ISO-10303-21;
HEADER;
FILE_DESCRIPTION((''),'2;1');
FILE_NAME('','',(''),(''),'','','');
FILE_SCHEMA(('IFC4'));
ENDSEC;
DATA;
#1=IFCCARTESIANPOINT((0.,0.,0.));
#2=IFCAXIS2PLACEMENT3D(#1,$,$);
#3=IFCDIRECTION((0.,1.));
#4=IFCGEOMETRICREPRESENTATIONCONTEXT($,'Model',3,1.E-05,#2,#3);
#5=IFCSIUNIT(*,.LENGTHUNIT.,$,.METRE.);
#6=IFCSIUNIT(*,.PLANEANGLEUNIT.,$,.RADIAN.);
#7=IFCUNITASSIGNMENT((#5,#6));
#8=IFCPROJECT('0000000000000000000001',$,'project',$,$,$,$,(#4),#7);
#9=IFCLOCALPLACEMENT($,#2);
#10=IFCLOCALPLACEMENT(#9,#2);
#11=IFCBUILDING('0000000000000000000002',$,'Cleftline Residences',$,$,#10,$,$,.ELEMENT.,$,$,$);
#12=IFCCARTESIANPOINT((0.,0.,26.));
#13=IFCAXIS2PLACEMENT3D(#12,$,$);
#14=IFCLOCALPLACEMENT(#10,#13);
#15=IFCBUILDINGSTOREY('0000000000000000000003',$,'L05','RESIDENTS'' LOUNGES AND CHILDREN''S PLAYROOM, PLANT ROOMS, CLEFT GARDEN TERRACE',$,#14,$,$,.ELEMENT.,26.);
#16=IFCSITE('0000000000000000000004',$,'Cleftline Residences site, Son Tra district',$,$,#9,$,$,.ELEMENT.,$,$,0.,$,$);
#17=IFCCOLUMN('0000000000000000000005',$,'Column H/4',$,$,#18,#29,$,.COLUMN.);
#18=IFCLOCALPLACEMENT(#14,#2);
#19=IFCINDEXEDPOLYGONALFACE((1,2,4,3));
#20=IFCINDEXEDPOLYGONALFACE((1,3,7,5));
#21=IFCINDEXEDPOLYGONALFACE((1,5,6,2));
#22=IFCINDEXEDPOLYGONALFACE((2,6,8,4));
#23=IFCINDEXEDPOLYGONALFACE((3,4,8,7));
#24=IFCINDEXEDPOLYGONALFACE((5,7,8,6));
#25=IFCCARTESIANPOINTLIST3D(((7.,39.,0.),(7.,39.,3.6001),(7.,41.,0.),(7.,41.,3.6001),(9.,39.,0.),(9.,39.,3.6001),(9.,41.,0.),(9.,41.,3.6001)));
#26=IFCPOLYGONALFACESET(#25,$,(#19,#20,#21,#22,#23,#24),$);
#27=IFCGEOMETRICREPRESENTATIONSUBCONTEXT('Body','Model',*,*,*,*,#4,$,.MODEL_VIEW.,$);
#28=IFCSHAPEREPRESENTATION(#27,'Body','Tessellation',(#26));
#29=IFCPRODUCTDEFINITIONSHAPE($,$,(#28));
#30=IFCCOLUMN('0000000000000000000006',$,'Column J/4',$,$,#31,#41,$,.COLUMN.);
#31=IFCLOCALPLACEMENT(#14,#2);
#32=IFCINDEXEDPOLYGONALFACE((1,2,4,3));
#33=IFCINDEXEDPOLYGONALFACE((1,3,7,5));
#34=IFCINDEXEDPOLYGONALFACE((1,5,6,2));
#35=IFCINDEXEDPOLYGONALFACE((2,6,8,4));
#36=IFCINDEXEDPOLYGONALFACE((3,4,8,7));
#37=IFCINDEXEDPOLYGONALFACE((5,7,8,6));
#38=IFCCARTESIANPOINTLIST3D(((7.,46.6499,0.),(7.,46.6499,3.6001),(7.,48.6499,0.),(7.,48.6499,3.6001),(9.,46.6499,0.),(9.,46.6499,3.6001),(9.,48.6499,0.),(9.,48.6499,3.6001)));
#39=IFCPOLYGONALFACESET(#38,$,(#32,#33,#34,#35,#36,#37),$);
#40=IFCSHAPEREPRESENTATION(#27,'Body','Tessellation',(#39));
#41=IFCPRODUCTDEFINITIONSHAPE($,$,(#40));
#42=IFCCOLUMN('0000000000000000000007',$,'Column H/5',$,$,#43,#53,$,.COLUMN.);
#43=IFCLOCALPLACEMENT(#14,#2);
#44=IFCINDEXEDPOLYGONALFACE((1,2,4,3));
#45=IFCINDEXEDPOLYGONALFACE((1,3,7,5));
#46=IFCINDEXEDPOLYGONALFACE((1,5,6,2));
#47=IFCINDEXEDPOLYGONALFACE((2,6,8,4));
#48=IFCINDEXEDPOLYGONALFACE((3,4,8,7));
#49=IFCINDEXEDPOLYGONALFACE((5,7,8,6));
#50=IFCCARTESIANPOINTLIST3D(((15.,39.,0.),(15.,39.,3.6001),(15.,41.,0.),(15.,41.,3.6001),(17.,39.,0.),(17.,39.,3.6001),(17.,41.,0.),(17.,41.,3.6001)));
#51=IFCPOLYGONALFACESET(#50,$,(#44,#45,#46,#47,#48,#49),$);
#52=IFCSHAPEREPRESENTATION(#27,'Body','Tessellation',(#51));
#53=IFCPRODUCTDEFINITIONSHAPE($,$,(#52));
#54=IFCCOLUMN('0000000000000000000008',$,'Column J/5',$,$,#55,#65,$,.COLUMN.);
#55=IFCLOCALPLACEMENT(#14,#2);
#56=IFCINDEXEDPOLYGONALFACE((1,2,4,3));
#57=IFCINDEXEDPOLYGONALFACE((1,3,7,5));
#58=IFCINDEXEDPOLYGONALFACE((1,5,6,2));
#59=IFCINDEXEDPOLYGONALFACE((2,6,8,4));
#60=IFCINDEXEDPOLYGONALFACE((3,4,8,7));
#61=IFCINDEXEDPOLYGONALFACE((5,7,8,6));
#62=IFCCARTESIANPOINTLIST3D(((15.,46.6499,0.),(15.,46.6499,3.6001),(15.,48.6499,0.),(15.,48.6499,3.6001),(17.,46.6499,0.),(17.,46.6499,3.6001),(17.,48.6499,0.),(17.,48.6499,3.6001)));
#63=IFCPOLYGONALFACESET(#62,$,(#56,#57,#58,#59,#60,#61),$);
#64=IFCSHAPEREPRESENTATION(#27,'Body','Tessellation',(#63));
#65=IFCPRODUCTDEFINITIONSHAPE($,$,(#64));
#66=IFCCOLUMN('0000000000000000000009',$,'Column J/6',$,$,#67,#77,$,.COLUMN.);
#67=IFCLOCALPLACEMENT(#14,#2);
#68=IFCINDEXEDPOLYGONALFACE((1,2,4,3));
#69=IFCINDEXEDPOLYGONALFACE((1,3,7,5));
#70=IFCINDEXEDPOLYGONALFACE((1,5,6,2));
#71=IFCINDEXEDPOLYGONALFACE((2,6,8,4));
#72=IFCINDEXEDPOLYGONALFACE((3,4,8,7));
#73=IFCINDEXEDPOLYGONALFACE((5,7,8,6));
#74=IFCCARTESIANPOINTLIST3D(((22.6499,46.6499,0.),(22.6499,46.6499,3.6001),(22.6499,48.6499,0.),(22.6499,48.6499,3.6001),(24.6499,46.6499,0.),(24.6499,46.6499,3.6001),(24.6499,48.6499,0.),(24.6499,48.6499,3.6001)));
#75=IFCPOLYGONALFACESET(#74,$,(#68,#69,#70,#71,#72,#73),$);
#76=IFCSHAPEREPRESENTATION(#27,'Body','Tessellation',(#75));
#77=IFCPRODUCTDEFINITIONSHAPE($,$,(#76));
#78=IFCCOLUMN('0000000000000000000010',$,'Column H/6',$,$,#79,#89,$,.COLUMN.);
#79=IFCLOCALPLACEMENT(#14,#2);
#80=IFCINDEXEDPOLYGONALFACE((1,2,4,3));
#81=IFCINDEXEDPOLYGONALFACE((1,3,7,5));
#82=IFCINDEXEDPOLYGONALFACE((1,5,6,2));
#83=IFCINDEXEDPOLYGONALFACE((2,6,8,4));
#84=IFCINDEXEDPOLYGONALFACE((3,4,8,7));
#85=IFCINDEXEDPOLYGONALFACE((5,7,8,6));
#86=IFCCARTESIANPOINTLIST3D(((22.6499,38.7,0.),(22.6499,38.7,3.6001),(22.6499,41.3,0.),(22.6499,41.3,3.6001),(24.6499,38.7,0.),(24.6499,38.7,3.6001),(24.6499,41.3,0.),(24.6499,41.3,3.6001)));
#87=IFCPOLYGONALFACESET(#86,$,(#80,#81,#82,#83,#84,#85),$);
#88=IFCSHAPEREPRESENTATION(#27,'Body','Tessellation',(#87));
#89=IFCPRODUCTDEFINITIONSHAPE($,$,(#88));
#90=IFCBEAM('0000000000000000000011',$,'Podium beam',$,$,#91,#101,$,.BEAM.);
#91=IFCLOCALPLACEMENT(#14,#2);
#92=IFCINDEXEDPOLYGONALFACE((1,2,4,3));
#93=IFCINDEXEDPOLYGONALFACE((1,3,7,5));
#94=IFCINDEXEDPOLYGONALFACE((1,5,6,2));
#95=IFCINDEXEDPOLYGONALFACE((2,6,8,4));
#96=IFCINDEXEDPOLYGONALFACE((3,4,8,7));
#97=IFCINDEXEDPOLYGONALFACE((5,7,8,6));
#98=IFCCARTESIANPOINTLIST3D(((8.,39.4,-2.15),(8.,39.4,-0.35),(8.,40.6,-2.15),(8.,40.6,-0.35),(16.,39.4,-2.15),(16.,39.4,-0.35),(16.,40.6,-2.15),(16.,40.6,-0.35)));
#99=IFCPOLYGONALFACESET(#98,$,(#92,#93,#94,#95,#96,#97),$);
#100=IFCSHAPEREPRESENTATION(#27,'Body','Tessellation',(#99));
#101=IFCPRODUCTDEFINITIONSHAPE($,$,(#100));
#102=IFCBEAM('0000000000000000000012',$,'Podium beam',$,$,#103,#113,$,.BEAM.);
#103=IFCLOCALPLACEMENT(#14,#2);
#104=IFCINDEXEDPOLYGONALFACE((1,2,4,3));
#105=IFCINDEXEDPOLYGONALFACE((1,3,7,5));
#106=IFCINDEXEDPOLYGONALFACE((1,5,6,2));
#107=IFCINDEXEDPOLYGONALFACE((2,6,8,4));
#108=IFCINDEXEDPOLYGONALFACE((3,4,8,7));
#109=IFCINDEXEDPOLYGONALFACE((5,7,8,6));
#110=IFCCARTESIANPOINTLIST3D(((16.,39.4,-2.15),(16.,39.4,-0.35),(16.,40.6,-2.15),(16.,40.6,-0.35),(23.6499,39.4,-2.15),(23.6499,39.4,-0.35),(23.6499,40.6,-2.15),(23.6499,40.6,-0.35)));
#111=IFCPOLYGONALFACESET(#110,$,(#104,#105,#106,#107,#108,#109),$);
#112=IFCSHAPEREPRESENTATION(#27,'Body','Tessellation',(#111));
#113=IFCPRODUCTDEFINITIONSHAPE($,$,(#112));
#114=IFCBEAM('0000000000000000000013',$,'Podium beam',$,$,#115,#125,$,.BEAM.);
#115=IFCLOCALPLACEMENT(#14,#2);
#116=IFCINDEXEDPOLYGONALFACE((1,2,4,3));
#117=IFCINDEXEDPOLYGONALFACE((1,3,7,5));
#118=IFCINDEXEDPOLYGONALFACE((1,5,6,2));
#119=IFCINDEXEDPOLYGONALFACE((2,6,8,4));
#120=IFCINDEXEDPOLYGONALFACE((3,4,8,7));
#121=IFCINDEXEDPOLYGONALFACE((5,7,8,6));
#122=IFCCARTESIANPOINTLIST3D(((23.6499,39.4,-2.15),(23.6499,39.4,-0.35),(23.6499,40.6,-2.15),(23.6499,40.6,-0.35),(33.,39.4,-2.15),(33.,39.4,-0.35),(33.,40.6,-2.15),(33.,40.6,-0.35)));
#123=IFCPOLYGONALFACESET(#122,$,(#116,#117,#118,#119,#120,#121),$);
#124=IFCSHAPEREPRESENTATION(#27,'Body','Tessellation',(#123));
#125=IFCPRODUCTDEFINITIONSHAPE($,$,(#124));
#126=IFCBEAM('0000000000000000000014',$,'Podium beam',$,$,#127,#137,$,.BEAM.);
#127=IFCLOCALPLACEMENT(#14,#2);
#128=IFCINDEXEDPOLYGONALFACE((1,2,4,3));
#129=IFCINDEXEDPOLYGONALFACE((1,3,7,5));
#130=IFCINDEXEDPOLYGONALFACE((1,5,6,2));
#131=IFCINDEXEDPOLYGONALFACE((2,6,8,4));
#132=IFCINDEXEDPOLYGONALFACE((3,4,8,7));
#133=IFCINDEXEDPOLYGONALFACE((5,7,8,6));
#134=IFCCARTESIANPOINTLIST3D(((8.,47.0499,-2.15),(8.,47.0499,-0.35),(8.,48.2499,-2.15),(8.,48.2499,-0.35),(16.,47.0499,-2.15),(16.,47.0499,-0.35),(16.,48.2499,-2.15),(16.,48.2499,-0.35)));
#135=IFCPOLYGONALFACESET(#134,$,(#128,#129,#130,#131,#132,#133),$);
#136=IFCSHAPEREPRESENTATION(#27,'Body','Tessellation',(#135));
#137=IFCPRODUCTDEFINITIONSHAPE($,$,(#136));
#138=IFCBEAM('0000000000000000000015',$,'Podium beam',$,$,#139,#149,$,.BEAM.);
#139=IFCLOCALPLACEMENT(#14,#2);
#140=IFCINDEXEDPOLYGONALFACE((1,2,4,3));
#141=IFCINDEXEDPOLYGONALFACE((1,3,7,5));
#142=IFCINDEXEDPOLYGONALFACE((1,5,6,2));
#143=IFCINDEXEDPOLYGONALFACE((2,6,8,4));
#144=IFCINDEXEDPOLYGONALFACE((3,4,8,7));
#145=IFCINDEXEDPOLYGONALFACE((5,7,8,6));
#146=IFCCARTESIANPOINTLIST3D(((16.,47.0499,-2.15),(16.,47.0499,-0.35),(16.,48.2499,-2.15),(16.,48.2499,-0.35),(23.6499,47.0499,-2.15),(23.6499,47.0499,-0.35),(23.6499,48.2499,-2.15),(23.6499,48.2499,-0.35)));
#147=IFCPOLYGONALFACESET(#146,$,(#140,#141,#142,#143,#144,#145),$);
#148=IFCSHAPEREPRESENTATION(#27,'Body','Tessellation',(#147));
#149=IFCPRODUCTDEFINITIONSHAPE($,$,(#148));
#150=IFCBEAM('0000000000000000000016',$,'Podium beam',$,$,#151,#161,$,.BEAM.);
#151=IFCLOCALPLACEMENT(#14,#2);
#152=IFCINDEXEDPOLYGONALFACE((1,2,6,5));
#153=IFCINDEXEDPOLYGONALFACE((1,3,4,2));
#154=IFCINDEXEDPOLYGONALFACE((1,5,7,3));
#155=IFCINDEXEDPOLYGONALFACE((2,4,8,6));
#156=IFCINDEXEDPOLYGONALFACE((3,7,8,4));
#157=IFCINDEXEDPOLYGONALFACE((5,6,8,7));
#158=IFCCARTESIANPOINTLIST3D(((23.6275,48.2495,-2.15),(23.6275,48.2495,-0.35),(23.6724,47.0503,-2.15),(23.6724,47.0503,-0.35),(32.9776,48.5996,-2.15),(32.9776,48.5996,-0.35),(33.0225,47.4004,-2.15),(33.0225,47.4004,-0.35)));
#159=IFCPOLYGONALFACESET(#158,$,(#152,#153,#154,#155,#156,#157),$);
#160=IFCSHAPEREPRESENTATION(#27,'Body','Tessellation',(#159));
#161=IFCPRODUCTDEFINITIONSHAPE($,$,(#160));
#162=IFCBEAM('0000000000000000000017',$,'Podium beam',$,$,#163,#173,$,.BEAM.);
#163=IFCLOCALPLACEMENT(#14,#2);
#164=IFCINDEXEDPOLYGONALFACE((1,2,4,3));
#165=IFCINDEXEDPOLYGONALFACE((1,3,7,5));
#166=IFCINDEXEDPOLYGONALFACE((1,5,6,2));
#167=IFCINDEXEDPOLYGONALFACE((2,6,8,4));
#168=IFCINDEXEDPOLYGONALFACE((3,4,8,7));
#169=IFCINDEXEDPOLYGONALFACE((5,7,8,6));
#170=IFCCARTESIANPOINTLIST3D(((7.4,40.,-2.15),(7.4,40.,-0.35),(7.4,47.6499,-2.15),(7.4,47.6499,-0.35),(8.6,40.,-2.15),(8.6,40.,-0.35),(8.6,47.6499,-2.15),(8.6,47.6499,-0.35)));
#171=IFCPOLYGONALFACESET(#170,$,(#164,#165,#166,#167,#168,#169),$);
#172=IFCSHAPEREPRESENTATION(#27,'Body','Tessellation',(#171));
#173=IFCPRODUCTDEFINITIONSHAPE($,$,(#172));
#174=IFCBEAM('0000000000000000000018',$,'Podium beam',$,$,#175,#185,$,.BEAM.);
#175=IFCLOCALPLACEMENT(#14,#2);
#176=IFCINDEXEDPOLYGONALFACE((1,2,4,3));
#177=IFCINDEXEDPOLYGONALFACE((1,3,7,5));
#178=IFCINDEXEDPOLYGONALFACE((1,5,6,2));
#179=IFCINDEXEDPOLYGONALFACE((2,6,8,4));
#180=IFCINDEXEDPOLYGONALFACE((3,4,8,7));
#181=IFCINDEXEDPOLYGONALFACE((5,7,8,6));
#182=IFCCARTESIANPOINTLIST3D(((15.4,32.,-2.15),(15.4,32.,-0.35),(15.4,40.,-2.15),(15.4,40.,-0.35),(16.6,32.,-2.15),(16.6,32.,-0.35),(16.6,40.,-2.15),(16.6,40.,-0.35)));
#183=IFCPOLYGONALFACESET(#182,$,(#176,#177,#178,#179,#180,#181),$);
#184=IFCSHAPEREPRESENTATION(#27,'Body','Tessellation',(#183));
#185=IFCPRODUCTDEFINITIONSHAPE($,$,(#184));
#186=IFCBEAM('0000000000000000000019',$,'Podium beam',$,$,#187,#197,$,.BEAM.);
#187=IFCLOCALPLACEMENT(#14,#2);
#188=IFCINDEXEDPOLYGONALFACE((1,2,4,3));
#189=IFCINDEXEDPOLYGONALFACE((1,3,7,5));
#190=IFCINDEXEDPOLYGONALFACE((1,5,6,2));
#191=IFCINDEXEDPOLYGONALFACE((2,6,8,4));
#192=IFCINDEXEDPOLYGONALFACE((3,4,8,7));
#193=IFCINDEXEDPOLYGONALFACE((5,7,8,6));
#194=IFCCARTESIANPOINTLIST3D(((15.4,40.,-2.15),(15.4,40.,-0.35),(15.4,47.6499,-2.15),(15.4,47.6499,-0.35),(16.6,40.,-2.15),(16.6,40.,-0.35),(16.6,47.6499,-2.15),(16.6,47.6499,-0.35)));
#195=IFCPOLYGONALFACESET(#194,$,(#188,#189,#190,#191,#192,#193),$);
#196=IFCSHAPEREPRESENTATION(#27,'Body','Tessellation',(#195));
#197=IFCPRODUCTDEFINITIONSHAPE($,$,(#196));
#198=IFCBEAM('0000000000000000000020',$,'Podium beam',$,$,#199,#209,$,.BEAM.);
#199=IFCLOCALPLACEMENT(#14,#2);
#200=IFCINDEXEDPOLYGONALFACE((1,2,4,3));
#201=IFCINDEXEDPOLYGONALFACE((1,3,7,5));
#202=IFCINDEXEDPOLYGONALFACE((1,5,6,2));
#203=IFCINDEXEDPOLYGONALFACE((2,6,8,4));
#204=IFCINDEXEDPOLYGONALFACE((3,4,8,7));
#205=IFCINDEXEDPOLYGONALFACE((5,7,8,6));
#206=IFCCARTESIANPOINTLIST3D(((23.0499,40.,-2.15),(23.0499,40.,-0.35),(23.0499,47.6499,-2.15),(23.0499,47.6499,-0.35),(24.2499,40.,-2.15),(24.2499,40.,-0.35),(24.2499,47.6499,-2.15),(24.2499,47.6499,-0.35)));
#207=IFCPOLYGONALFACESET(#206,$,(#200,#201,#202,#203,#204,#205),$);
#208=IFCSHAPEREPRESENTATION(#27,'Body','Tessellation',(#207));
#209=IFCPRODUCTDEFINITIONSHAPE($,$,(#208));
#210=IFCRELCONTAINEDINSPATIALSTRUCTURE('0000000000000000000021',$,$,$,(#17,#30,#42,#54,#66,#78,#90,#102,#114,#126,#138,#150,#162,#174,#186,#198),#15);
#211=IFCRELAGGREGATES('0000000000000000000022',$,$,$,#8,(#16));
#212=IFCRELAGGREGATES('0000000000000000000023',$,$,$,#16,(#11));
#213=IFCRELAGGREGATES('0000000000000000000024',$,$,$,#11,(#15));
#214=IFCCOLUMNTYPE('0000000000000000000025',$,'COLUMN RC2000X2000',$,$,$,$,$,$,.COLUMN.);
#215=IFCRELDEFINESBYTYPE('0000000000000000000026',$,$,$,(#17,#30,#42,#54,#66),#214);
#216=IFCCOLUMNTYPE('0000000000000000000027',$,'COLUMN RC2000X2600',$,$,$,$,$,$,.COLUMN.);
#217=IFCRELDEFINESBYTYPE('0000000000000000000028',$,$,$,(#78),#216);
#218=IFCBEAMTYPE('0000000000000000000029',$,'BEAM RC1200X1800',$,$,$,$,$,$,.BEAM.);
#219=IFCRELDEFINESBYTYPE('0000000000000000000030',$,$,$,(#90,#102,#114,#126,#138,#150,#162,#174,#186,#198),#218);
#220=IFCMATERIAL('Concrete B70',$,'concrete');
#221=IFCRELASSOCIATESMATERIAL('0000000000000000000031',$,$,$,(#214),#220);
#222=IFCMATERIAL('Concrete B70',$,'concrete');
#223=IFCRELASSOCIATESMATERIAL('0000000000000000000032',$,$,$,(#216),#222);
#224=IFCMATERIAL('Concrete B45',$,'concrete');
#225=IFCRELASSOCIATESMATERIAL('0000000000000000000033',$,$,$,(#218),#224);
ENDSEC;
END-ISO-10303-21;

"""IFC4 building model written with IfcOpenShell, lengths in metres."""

from ifc_helpers import new_model, si_unit, direction, frame, origin, origin_2d, place, context, subcontext, project, spatial, rectangle, extrude, material, material_profile, profile_set, type_object, element, save


model = new_model("IFC4")

# Units and contexts
model_context = context("Model", 3, precision=1e-05, world=origin(), true_north=direction((0.0, 1.0)))
body_context = subcontext(model_context, "Body", "Model", "MODEL_VIEW")
ifc_project = project(units=[si_unit("LENGTHUNIT", "METRE"), si_unit("PLANEANGLEUNIT", "RADIAN")], contexts=[model_context])

# Site, building, storey
site_placement = place(None, origin())
site = spatial("IfcSite", under=ifc_project, at=site_placement, Name="Cleftline Residences site, Son Tra district", CompositionType="ELEMENT", RefElevation=0.0)
building_placement = place(site_placement, origin())
building = spatial("IfcBuilding", under=site, at=building_placement, Name="Cleftline Residences", CompositionType="ELEMENT")
storey_placement = place(building_placement, frame((0.0, 0.0, 26.0)))
storey = spatial("IfcBuildingStorey", under=building, at=storey_placement, Name="L05", Description="RESIDENTS' LOUNGES AND CHILDREN'S PLAYROOM, PLANT ROOMS, CLEFT GARDEN TERRACE", CompositionType="ELEMENT", Elevation=26.0)

# Columns
ifc_material_1 = material(Name="Concrete B70", Category="concrete")
ifc_material_profile_1 = material_profile(ifc_material_1, rectangle(XDim=2.0, YDim=2.0, at=origin_2d()))
ifc_profile_set_1 = profile_set([ifc_material_profile_1], Name="Concrete B70")
column_type_1 = type_object("IfcColumnType", Name="COLUMN RC2000X2000", PredefinedType="COLUMN", material=ifc_profile_set_1)
for number, where, z_axis, x_axis, name in (
    (1, (8.0, 40.0, 0.0), (0.0, 0.0, 1.0), (1.0, 0.0, 0.0), "Column H/4"),
    (2, (8.0, 47.6499, 0.0), (0.0, 0.0, 1.0), (1.0, 0.0, 0.0), "Column J/4"),
    (3, (16.0, 40.0, 0.0), (0.0, 0.0, 1.0), (1.0, 0.0, 0.0), "Column H/5"),
    (4, (16.0, 47.6499, 0.0), (0.0, 0.0, 1.0), (1.0, 0.0, 0.0), "Column J/5"),
    (5, (23.6499, 47.6499, 0.0), (0.0, 0.0, 1.0), (1.0, 0.0, 0.0), "Column J/6"),
):
    element("IfcColumn", number, at=place(storey_placement, frame(where, z_axis=z_axis, x_axis=x_axis)), inside=storey, type_object=column_type_1, Name=name, PredefinedType="COLUMN", context=body_context, shape_type="SweptSolid", body=[
        extrude(rectangle(XDim=2.0, YDim=2.0, at=origin_2d()), origin(), (0.0, 0.0, 1.0), 3.6001),
    ])
ifc_material_2 = material(Name="Concrete B70", Category="concrete")
ifc_material_profile_2 = material_profile(ifc_material_2, rectangle(XDim=2.0, YDim=2.6001, at=origin_2d()))
ifc_profile_set_2 = profile_set([ifc_material_profile_2], Name="Concrete B70")
column_type_2 = type_object("IfcColumnType", Name="COLUMN RC2000X2600", PredefinedType="COLUMN", material=ifc_profile_set_2)
column_placement = place(storey_placement, frame((23.6499, 40.0, 0.0), z_axis=(0.0, 0.0, 1.0), x_axis=(1.0, 0.0, 0.0)))
element("IfcColumn", 6, at=column_placement, inside=storey, type_object=column_type_2, Name="Column H/6", PredefinedType="COLUMN", context=body_context, shape_type="SweptSolid", body=[
    extrude(rectangle(XDim=2.0, YDim=2.6001, at=origin_2d()), origin(), (0.0, 0.0, 1.0), 3.6001),
])

# Beams
ifc_material_3 = material(Name="Concrete B45", Category="concrete")
ifc_material_profile_3 = material_profile(ifc_material_3, rectangle(XDim=1.2, YDim=1.8, at=origin_2d()))
ifc_profile_set_3 = profile_set([ifc_material_profile_3], Name="Concrete B45")
beam_type = type_object("IfcBeamType", Name="BEAM RC1200X1800", PredefinedType="BEAM", material=ifc_profile_set_3)
beam_1_placement = place(storey_placement, frame((8.0, 40.0, -1.25), z_axis=(1.0, 0.0, 0.0), x_axis=(0.0, 1.0, 0.0)))
element("IfcBeam", 7, at=beam_1_placement, inside=storey, type_object=beam_type, Name="Podium beam", PredefinedType="BEAM", context=body_context, shape_type="SweptSolid", body=[
    extrude(rectangle(XDim=1.2, YDim=1.8, at=origin_2d()), origin(), (0.0, 0.0, 1.0), 8.0),
])
beam_2_placement = place(storey_placement, frame((16.0, 40.0, -1.25), z_axis=(1.0, 0.0, 0.0), x_axis=(0.0, 1.0, 0.0)))
element("IfcBeam", 8, at=beam_2_placement, inside=storey, type_object=beam_type, Name="Podium beam", PredefinedType="BEAM", context=body_context, shape_type="SweptSolid", body=[
    extrude(rectangle(XDim=1.2, YDim=1.8, at=origin_2d()), origin(), (0.0, 0.0, 1.0), 7.6499),
])
beam_3_placement = place(storey_placement, frame((23.6499, 40.0, -1.25), z_axis=(1.0, 0.0, 0.0), x_axis=(0.0, 1.0, 0.0)))
element("IfcBeam", 9, at=beam_3_placement, inside=storey, type_object=beam_type, Name="Podium beam", PredefinedType="BEAM", context=body_context, shape_type="SweptSolid", body=[
    extrude(rectangle(XDim=1.2, YDim=1.8, at=origin_2d()), origin(), (0.0, 0.0, 1.0), 9.3501),
])
beam_4_placement = place(storey_placement, frame((8.0, 47.6499, -1.25), z_axis=(1.0, 0.0, 0.0), x_axis=(0.0, 1.0, 0.0)))
element("IfcBeam", 10, at=beam_4_placement, inside=storey, type_object=beam_type, Name="Podium beam", PredefinedType="BEAM", context=body_context, shape_type="SweptSolid", body=[
    extrude(rectangle(XDim=1.2, YDim=1.8, at=origin_2d()), origin(), (0.0, 0.0, 1.0), 8.0),
])
beam_5_placement = place(storey_placement, frame((16.0, 47.6499, -1.25), z_axis=(1.0, 0.0, 0.0), x_axis=(0.0, 1.0, 0.0)))
element("IfcBeam", 11, at=beam_5_placement, inside=storey, type_object=beam_type, Name="Podium beam", PredefinedType="BEAM", context=body_context, shape_type="SweptSolid", body=[
    extrude(rectangle(XDim=1.2, YDim=1.8, at=origin_2d()), origin(), (0.0, 0.0, 1.0), 7.6499),
])
beam_6_placement = place(storey_placement, frame((23.6499, 47.6499, -1.25), z_axis=(0.9993, 0.037417, 0.0), x_axis=(-0.037417, 0.9993, 0.0)))
element("IfcBeam", 12, at=beam_6_placement, inside=storey, type_object=beam_type, Name="Podium beam", PredefinedType="BEAM", context=body_context, shape_type="SweptSolid", body=[
    extrude(rectangle(XDim=1.2, YDim=1.8, at=origin_2d()), origin(), (0.0, 0.0, 1.0), 9.3567),
])
beam_7_placement = place(storey_placement, frame((8.0, 40.0, -1.25), z_axis=(0.0, 1.0, 0.0), x_axis=(-1.0, 0.0, 0.0)))
element("IfcBeam", 13, at=beam_7_placement, inside=storey, type_object=beam_type, Name="Podium beam", PredefinedType="BEAM", context=body_context, shape_type="SweptSolid", body=[
    extrude(rectangle(XDim=1.2, YDim=1.8, at=origin_2d()), origin(), (0.0, 0.0, 1.0), 7.6499),
])
beam_8_placement = place(storey_placement, frame((16.0, 32.0, -1.25), z_axis=(0.0, 1.0, 0.0), x_axis=(-1.0, 0.0, 0.0)))
element("IfcBeam", 14, at=beam_8_placement, inside=storey, type_object=beam_type, Name="Podium beam", PredefinedType="BEAM", context=body_context, shape_type="SweptSolid", body=[
    extrude(rectangle(XDim=1.2, YDim=1.8, at=origin_2d()), origin(), (0.0, 0.0, 1.0), 8.0),
])
for number, where, z_axis, x_axis, name in (
    (15, (16.0, 40.0, -1.25), (0.0, 1.0, 0.0), (-1.0, 0.0, 0.0), "Podium beam"),
    (16, (23.6499, 40.0, -1.25), (0.0, 1.0, 0.0), (-1.0, 0.0, 0.0), "Podium beam"),
):
    element("IfcBeam", number, at=place(storey_placement, frame(where, z_axis=z_axis, x_axis=x_axis)), inside=storey, type_object=beam_type, Name=name, PredefinedType="BEAM", context=body_context, shape_type="SweptSolid", body=[
        extrude(rectangle(XDim=1.2, YDim=1.8, at=origin_2d()), origin(), (0.0, 0.0, 1.0), 7.6499),
    ])

save(model, "model.ifc")
